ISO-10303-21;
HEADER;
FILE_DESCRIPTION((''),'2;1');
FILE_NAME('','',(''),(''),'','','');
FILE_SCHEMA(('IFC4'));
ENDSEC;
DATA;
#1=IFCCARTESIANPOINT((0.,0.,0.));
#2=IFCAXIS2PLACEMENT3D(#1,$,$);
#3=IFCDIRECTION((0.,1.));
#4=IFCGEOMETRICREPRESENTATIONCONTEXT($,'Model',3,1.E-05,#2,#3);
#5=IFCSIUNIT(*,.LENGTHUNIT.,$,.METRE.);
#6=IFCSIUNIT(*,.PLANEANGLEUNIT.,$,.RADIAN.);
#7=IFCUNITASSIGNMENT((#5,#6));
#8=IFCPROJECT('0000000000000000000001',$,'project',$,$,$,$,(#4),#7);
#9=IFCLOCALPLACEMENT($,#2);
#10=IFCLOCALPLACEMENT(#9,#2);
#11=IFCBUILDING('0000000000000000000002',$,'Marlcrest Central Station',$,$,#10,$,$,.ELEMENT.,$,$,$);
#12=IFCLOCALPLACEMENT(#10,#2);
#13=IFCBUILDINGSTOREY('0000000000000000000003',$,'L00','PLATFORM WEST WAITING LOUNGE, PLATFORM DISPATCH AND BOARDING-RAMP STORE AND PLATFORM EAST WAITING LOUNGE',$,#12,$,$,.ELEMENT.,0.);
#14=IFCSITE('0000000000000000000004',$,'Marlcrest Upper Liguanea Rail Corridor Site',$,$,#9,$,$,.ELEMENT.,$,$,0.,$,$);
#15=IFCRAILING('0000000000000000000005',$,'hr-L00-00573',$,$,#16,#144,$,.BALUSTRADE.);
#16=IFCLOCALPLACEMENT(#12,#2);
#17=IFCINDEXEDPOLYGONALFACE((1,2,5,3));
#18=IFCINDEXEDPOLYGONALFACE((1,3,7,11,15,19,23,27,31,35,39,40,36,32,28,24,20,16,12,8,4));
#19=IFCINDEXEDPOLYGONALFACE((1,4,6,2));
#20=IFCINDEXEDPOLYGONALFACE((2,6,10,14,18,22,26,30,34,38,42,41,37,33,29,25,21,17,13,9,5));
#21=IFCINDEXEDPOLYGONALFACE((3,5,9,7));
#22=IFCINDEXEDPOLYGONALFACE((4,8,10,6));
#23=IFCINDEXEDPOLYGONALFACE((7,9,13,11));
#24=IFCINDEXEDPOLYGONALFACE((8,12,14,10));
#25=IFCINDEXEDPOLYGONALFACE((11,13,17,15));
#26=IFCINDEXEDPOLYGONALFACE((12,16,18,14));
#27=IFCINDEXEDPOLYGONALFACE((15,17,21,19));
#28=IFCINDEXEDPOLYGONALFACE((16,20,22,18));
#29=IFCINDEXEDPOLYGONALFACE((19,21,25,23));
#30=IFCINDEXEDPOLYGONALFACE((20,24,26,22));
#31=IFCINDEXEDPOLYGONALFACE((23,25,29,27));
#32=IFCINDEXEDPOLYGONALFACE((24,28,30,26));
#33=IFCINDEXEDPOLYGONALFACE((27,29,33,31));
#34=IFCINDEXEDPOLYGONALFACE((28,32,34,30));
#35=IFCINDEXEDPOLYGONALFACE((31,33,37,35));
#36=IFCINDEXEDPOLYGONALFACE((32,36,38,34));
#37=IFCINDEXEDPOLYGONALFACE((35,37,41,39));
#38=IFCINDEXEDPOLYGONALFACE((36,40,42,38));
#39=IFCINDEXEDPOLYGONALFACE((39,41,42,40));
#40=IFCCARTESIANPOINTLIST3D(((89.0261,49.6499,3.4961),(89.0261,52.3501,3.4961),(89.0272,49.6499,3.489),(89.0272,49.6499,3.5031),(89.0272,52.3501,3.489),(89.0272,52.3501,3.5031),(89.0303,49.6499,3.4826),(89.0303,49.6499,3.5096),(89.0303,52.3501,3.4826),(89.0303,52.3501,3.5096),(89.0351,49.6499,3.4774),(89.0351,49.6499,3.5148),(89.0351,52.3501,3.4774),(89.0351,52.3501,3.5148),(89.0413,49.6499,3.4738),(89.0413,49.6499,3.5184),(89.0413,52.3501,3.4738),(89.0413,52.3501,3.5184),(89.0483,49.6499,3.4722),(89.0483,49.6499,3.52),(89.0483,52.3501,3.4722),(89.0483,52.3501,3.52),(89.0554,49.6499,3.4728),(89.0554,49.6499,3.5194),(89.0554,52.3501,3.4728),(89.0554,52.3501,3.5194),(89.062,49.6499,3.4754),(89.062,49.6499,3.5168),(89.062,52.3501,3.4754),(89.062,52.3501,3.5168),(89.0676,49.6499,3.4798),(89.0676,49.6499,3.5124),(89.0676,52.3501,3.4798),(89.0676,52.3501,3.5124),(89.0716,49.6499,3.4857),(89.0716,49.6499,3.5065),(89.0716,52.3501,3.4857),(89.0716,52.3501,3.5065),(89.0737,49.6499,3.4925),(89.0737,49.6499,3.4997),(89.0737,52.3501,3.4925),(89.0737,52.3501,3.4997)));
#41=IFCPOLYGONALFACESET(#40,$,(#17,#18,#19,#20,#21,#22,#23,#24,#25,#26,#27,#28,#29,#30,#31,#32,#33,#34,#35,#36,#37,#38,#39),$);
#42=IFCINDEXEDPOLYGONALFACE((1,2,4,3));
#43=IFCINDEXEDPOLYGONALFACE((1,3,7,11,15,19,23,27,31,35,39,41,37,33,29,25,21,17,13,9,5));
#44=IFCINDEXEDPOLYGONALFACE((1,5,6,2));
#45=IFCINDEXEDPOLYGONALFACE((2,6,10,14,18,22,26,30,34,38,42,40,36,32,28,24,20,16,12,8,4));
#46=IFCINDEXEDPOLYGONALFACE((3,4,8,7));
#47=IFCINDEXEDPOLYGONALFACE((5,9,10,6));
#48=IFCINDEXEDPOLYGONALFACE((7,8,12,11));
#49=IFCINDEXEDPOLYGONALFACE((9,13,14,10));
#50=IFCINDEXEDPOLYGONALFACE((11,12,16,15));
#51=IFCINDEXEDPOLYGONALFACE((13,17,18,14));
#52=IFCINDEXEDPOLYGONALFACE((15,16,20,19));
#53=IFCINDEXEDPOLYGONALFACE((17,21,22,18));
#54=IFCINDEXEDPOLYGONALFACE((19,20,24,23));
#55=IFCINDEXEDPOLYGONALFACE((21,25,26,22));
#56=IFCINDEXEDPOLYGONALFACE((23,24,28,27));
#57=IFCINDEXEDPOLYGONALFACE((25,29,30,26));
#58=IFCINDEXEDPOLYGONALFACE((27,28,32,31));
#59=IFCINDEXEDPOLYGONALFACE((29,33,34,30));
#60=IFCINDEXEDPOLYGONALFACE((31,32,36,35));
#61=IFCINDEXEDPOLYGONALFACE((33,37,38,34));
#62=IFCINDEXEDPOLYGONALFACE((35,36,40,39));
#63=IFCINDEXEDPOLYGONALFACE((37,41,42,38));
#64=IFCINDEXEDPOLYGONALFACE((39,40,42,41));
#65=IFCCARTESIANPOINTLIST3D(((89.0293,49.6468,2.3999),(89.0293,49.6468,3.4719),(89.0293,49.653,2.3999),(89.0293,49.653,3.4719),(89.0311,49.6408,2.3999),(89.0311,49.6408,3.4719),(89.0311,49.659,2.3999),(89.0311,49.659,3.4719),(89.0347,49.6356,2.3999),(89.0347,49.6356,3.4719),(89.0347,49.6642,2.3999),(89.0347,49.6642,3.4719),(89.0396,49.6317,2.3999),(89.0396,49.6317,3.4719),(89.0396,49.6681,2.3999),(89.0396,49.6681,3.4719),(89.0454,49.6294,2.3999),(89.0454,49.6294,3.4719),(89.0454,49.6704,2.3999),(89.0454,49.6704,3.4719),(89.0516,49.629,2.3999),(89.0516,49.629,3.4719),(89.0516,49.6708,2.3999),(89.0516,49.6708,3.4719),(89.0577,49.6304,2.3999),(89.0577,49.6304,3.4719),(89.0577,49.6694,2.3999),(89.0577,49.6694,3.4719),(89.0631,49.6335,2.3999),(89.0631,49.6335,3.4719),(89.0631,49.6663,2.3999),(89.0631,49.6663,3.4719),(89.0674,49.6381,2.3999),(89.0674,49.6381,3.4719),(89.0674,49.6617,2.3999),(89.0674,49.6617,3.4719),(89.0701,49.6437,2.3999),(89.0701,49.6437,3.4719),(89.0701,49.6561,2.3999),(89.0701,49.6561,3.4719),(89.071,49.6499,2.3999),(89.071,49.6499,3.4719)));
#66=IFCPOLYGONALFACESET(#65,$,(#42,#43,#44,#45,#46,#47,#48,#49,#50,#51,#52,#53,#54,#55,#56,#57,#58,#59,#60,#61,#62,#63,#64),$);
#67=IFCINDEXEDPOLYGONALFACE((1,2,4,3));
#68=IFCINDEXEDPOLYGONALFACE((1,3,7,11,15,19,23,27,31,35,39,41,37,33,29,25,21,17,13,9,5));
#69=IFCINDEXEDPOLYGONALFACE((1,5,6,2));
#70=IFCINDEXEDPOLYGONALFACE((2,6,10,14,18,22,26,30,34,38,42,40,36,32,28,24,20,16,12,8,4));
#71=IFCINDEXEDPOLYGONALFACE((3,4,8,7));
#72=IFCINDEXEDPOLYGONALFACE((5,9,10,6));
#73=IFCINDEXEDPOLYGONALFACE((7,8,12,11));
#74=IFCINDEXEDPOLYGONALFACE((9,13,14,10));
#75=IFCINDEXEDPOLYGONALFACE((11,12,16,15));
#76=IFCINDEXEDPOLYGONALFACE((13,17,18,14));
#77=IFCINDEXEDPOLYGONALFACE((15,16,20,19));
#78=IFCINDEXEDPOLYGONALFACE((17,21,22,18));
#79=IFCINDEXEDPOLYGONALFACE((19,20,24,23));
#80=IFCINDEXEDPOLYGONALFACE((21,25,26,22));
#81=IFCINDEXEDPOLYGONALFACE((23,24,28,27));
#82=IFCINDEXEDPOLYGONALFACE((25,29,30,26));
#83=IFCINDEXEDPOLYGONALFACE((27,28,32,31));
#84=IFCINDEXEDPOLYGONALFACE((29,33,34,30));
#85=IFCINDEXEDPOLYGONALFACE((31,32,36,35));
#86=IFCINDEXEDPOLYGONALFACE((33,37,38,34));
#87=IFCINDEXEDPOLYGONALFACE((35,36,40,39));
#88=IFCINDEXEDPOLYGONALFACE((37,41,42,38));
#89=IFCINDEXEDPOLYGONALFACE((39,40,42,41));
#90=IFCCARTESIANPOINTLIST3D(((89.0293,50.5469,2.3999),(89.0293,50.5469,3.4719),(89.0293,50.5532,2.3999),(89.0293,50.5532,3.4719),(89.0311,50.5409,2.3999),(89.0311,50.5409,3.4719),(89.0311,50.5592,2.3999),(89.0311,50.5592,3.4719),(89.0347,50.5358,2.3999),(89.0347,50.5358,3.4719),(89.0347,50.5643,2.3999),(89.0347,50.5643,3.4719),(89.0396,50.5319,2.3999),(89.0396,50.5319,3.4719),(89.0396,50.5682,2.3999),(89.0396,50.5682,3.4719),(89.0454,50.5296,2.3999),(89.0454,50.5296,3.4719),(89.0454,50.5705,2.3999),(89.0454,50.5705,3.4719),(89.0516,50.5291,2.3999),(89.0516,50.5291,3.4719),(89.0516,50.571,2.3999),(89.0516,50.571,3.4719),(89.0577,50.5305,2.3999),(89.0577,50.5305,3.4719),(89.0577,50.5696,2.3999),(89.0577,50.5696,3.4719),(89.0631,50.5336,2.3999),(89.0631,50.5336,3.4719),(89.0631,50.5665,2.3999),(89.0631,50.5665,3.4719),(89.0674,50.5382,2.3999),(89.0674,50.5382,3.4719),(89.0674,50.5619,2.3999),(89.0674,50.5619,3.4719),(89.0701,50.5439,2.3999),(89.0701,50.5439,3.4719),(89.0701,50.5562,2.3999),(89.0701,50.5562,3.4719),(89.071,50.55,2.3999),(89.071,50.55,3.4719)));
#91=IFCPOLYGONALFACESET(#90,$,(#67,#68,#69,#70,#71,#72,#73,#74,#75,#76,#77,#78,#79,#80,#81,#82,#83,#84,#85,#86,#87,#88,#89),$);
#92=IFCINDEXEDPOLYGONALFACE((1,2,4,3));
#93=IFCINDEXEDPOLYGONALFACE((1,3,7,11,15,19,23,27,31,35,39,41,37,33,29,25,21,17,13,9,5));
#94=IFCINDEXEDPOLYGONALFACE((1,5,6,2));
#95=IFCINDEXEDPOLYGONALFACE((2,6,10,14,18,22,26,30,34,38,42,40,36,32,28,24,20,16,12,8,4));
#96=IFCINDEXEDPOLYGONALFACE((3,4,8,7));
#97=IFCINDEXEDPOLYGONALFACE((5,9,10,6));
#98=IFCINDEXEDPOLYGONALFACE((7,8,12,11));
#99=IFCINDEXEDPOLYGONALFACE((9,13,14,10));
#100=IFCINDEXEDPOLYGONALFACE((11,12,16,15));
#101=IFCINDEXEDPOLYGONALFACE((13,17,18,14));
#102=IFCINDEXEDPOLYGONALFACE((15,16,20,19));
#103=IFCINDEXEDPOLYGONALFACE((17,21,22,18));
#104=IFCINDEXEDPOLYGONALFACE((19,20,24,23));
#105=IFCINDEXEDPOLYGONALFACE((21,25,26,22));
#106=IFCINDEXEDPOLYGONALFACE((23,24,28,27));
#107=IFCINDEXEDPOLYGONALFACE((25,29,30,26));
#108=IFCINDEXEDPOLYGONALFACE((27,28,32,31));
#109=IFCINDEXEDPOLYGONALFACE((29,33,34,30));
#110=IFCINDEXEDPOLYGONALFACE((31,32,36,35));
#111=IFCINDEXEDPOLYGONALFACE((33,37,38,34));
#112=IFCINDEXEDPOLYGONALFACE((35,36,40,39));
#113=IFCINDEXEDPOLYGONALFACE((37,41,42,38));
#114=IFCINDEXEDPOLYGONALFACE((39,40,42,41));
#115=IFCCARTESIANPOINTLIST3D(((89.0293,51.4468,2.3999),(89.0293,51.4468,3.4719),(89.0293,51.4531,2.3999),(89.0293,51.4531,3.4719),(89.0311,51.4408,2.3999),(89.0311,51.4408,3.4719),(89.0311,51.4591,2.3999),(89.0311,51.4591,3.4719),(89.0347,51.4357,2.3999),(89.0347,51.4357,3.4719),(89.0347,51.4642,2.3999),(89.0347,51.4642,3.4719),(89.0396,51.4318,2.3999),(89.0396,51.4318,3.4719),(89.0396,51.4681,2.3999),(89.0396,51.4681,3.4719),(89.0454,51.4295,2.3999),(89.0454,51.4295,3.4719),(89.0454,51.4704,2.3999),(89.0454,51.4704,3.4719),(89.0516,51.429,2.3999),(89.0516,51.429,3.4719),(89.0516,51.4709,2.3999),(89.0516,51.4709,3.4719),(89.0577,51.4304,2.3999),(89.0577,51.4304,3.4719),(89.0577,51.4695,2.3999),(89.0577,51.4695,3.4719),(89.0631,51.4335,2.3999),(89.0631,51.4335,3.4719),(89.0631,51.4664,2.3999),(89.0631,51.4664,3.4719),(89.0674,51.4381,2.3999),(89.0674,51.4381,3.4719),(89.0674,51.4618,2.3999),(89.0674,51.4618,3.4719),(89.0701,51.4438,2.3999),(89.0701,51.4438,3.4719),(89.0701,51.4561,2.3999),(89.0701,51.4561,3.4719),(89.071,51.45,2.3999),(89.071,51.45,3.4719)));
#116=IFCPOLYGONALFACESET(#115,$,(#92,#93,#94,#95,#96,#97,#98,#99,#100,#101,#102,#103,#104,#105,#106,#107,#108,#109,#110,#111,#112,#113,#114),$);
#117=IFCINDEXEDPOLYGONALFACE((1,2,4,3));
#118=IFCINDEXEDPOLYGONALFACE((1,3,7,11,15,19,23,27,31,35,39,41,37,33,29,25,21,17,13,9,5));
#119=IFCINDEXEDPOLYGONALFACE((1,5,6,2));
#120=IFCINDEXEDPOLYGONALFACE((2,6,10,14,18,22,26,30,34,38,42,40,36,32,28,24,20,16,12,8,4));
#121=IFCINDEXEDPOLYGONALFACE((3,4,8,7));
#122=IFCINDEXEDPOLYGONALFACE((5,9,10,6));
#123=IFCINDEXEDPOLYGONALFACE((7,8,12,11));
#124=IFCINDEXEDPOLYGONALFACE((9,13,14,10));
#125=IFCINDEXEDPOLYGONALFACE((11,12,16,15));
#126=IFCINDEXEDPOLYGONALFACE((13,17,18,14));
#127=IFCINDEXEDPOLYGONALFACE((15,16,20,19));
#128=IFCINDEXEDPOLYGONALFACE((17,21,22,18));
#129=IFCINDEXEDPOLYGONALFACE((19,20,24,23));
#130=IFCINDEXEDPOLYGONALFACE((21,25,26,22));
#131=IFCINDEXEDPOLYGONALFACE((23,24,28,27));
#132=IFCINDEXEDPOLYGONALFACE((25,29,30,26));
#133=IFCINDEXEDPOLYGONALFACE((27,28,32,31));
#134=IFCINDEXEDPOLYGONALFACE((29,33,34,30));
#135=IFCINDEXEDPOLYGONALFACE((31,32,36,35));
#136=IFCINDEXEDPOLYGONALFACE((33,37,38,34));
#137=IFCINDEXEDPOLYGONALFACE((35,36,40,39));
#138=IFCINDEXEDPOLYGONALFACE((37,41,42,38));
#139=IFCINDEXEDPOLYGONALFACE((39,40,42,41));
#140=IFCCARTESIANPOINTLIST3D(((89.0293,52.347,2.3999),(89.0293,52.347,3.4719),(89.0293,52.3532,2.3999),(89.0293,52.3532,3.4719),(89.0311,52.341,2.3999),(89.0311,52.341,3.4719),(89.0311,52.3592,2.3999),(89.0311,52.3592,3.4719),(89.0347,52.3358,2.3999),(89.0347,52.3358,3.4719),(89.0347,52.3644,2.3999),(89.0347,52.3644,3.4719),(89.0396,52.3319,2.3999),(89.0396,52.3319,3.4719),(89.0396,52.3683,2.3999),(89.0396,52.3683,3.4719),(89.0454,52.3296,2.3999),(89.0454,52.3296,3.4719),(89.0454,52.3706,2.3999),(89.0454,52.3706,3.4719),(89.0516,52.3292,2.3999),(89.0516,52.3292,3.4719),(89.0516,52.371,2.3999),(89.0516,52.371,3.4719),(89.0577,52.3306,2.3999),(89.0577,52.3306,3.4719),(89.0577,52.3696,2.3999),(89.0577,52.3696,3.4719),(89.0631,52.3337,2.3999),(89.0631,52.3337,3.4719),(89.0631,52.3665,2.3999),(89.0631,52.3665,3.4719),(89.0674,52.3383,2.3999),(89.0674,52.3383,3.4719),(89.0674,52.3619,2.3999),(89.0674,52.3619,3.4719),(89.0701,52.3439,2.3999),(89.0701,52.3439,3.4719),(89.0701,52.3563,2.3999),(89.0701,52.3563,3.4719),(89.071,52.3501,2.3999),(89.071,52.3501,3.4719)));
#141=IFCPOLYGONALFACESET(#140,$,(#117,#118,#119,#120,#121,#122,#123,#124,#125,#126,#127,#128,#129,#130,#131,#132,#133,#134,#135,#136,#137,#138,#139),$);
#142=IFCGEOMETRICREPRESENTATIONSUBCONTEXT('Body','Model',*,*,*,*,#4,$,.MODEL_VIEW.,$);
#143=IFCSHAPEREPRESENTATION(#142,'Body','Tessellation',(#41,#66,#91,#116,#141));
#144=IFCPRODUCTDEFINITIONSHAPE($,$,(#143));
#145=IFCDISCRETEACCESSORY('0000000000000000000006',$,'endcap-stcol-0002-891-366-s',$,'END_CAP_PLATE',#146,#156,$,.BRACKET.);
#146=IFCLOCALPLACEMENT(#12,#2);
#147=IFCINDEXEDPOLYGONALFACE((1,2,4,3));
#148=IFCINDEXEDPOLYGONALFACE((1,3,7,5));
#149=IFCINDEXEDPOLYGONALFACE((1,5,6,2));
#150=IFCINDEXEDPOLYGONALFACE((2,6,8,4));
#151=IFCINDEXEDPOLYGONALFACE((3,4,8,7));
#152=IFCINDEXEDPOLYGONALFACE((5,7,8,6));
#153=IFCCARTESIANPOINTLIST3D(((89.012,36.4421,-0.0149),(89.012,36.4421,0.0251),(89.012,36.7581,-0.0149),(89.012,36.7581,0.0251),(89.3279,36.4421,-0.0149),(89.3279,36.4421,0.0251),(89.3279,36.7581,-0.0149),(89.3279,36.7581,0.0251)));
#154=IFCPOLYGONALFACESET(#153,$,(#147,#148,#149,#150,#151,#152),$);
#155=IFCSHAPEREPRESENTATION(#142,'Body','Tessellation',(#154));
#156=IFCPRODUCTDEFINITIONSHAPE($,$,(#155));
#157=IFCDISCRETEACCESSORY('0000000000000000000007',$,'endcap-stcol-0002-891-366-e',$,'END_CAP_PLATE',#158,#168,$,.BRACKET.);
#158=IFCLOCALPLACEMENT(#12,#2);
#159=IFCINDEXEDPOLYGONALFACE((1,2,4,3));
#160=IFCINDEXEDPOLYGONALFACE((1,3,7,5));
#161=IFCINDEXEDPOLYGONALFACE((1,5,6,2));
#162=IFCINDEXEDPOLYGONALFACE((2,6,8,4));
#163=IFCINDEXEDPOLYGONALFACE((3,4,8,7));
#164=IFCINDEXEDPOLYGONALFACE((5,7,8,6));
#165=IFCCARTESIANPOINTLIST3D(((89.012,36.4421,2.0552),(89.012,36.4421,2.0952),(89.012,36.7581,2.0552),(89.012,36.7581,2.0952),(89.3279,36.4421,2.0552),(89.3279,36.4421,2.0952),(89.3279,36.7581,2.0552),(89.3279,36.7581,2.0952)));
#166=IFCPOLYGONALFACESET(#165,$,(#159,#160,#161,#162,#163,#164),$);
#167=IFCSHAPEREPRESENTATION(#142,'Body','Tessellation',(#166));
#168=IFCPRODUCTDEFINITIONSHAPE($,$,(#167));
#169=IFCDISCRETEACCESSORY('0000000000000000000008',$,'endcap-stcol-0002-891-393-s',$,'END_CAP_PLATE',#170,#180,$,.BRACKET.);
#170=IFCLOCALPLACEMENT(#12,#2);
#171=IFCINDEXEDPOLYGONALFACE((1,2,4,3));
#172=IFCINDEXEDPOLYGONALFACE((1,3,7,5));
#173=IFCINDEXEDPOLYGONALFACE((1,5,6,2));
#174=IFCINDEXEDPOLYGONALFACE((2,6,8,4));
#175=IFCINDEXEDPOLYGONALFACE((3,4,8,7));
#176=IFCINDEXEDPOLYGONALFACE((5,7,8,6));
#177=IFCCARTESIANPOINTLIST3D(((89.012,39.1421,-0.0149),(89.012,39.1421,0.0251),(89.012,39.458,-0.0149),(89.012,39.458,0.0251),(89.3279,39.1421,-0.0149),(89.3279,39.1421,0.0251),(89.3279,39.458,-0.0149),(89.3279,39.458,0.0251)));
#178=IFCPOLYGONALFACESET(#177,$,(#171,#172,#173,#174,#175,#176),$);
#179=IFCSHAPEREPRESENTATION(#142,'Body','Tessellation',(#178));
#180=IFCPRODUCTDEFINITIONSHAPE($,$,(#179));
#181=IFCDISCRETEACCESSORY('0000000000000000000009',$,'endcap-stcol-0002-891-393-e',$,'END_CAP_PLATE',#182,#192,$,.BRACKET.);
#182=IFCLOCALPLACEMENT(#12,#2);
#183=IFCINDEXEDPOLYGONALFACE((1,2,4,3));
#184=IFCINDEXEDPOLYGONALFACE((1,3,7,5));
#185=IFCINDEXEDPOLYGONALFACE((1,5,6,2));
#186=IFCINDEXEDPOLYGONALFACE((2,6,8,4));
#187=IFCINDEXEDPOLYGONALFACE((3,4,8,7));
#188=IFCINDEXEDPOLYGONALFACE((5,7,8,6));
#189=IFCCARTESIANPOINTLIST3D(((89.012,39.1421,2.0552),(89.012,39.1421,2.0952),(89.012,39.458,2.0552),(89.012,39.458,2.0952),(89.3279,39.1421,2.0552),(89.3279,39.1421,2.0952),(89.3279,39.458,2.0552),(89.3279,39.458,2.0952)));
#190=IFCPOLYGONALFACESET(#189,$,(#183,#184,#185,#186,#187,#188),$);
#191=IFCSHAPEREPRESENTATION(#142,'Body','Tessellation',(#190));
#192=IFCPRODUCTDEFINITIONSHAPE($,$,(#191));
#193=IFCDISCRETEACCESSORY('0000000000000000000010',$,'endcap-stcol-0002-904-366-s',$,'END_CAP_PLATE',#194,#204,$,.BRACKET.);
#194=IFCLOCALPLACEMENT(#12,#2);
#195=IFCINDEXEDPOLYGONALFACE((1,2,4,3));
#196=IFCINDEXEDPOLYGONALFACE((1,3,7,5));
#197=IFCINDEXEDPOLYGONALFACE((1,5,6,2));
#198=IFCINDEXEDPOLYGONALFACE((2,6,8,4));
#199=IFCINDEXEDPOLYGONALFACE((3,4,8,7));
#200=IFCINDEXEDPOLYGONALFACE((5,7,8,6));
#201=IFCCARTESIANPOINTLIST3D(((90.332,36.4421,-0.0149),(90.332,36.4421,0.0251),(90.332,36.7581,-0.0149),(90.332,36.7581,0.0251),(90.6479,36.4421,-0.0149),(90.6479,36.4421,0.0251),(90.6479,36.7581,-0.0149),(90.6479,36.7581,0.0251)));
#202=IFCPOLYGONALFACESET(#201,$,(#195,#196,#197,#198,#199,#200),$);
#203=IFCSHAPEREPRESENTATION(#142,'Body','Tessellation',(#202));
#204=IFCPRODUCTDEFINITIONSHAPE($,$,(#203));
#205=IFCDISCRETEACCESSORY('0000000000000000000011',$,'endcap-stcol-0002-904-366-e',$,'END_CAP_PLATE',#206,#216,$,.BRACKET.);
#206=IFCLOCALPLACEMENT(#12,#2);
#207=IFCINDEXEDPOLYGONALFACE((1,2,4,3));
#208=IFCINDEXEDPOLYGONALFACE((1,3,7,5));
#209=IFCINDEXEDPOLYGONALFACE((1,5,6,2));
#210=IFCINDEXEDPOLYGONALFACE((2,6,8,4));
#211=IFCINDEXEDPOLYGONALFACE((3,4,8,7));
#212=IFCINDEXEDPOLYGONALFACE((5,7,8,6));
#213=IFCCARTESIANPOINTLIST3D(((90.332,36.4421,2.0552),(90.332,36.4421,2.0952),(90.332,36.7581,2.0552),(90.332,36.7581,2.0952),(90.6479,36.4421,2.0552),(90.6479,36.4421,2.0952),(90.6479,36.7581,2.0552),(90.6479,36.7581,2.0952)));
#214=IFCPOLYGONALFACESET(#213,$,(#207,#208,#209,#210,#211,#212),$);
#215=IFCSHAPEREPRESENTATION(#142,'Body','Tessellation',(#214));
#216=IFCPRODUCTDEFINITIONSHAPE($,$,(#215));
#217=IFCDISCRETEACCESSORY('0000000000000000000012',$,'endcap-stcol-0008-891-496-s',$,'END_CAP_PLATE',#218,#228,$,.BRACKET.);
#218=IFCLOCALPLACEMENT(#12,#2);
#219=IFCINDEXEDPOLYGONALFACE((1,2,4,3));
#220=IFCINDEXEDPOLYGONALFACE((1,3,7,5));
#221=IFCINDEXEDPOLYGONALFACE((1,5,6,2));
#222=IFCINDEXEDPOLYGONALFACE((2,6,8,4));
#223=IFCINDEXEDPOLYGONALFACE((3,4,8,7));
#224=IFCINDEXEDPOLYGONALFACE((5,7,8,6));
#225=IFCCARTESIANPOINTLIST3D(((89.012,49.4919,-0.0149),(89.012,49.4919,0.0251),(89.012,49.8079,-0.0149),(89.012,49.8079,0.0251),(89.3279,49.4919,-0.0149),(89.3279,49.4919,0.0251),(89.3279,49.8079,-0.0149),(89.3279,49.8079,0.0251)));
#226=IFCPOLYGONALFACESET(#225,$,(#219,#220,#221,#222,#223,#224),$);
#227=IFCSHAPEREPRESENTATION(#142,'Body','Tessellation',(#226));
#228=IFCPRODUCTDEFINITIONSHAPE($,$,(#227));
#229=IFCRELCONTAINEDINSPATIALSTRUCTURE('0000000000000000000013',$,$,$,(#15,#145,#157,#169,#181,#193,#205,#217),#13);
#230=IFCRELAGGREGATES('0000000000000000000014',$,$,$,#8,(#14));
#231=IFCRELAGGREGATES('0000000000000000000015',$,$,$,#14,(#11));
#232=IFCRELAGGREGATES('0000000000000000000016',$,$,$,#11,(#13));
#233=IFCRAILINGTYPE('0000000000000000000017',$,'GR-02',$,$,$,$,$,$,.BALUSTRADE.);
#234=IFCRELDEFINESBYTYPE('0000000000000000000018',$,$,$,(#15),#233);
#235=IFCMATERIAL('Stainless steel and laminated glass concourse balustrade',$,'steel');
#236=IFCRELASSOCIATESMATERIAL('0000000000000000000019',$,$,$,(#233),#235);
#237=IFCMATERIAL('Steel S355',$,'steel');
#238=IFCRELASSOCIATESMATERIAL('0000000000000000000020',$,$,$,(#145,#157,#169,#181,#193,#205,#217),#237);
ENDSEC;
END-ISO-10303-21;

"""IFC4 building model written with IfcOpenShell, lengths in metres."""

from ifc_helpers import new_model, si_unit, direction, frame, origin, origin_2d, place, context, subcontext, project, spatial, rectangle, circle, extrude, material, type_object, element, save


model = new_model("IFC4")

# Units and contexts
model_context = context("Model", 3, precision=1e-05, world=origin(), true_north=direction((0.0, 1.0)))
body_context = subcontext(model_context, "Body", "Model", "MODEL_VIEW")
ifc_project = project(units=[si_unit("LENGTHUNIT", "METRE"), si_unit("PLANEANGLEUNIT", "RADIAN")], contexts=[model_context])

# Site, building, storey
site_placement = place(None, origin())
site = spatial("IfcSite", under=ifc_project, at=site_placement, Name="Marlcrest Upper Liguanea Rail Corridor Site", CompositionType="ELEMENT", RefElevation=0.0)
building_placement = place(site_placement, origin())
building = spatial("IfcBuilding", under=site, at=building_placement, Name="Marlcrest Central Station", CompositionType="ELEMENT")
storey_placement = place(building_placement, origin())
storey = spatial("IfcBuildingStorey", under=building, at=storey_placement, Name="L00", Description="PLATFORM WEST WAITING LOUNGE, PLATFORM DISPATCH AND BOARDING-RAMP STORE AND PLATFORM EAST WAITING LOUNGE", CompositionType="ELEMENT", Elevation=0.0)

# Shared definitions
ifc_material_1 = material(Name="Steel S355", Category="steel")

# Railing
ifc_material_2 = material(Name="Stainless steel and laminated glass concourse balustrade", Category="steel")
railing_type = type_object("IfcRailingType", Name="GR-02", PredefinedType="BALUSTRADE", material=ifc_material_2)
railing_1_placement = place(storey_placement, frame((89.05, 49.6499, 2.3999)))
element("IfcRailing", 1, at=railing_1_placement, inside=storey, type_object=railing_type, Name="hr-L00-00573", PredefinedType="BALUSTRADE", context=body_context, shape_type="SweptSolid", body=[
    extrude(circle(Radius=0.0239, at=origin_2d()), frame((0.0, 0.0, 1.0962), z_axis=(0.0, 1.0, 0.0), x_axis=(-1.0, 0.0, 0.0)), (0.0, 0.0, 1.0), 2.7002),
    extrude(circle(Radius=0.021, at=origin_2d()), origin(), (0.0, 0.0, 1.0), 1.072),
    extrude(circle(Radius=0.021, at=origin_2d()), frame((0.0, 0.9001, 0.0)), (0.0, 0.0, 1.0), 1.072),
    extrude(circle(Radius=0.021, at=origin_2d()), frame((0.0, 1.8, 0.0)), (0.0, 0.0, 1.0), 1.072),
    extrude(circle(Radius=0.021, at=origin_2d()), frame((0.0, 2.7002, 0.0)), (0.0, 0.0, 1.0), 1.072),
])

# Discrete accessories
for number, where, z_axis, x_axis, name in (
    (2, (89.1699, 36.6001, -0.0149), (0.0, 0.0, 1.0), (1.0, 0.0, 0.0), "endcap-stcol-0002-891-366-s"),
    (3, (89.1699, 36.6001, 2.0552), (0.0, 0.0, 1.0), (1.0, 0.0, 0.0), "endcap-stcol-0002-891-366-e"),
    (4, (89.1699, 39.3, -0.0149), (0.0, 0.0, 1.0), (1.0, 0.0, 0.0), "endcap-stcol-0002-891-393-s"),
    (5, (89.1699, 39.3, 2.0552), (0.0, 0.0, 1.0), (1.0, 0.0, 0.0), "endcap-stcol-0002-891-393-e"),
    (6, (90.49, 36.6001, -0.0149), (0.0, 0.0, 1.0), (1.0, 0.0, 0.0), "endcap-stcol-0002-904-366-s"),
    (7, (90.49, 36.6001, 2.0552), (0.0, 0.0, 1.0), (1.0, 0.0, 0.0), "endcap-stcol-0002-904-366-e"),
    (8, (89.1699, 49.6499, -0.0149), (0.0, 0.0, 1.0), (1.0, 0.0, 0.0), "endcap-stcol-0008-891-496-s"),
):
    element("IfcDiscreteAccessory", number, at=place(storey_placement, frame(where, z_axis=z_axis, x_axis=x_axis)), inside=storey, material=ifc_material_1, Name=name, ObjectType="END_CAP_PLATE", PredefinedType="BRACKET", context=body_context, shape_type="SweptSolid", body=[
        extrude(rectangle(XDim=0.3159, YDim=0.3159, at=origin_2d()), origin(), (0.0, 0.0, 1.0), 0.04),
    ])

save(model, "model.ifc")
